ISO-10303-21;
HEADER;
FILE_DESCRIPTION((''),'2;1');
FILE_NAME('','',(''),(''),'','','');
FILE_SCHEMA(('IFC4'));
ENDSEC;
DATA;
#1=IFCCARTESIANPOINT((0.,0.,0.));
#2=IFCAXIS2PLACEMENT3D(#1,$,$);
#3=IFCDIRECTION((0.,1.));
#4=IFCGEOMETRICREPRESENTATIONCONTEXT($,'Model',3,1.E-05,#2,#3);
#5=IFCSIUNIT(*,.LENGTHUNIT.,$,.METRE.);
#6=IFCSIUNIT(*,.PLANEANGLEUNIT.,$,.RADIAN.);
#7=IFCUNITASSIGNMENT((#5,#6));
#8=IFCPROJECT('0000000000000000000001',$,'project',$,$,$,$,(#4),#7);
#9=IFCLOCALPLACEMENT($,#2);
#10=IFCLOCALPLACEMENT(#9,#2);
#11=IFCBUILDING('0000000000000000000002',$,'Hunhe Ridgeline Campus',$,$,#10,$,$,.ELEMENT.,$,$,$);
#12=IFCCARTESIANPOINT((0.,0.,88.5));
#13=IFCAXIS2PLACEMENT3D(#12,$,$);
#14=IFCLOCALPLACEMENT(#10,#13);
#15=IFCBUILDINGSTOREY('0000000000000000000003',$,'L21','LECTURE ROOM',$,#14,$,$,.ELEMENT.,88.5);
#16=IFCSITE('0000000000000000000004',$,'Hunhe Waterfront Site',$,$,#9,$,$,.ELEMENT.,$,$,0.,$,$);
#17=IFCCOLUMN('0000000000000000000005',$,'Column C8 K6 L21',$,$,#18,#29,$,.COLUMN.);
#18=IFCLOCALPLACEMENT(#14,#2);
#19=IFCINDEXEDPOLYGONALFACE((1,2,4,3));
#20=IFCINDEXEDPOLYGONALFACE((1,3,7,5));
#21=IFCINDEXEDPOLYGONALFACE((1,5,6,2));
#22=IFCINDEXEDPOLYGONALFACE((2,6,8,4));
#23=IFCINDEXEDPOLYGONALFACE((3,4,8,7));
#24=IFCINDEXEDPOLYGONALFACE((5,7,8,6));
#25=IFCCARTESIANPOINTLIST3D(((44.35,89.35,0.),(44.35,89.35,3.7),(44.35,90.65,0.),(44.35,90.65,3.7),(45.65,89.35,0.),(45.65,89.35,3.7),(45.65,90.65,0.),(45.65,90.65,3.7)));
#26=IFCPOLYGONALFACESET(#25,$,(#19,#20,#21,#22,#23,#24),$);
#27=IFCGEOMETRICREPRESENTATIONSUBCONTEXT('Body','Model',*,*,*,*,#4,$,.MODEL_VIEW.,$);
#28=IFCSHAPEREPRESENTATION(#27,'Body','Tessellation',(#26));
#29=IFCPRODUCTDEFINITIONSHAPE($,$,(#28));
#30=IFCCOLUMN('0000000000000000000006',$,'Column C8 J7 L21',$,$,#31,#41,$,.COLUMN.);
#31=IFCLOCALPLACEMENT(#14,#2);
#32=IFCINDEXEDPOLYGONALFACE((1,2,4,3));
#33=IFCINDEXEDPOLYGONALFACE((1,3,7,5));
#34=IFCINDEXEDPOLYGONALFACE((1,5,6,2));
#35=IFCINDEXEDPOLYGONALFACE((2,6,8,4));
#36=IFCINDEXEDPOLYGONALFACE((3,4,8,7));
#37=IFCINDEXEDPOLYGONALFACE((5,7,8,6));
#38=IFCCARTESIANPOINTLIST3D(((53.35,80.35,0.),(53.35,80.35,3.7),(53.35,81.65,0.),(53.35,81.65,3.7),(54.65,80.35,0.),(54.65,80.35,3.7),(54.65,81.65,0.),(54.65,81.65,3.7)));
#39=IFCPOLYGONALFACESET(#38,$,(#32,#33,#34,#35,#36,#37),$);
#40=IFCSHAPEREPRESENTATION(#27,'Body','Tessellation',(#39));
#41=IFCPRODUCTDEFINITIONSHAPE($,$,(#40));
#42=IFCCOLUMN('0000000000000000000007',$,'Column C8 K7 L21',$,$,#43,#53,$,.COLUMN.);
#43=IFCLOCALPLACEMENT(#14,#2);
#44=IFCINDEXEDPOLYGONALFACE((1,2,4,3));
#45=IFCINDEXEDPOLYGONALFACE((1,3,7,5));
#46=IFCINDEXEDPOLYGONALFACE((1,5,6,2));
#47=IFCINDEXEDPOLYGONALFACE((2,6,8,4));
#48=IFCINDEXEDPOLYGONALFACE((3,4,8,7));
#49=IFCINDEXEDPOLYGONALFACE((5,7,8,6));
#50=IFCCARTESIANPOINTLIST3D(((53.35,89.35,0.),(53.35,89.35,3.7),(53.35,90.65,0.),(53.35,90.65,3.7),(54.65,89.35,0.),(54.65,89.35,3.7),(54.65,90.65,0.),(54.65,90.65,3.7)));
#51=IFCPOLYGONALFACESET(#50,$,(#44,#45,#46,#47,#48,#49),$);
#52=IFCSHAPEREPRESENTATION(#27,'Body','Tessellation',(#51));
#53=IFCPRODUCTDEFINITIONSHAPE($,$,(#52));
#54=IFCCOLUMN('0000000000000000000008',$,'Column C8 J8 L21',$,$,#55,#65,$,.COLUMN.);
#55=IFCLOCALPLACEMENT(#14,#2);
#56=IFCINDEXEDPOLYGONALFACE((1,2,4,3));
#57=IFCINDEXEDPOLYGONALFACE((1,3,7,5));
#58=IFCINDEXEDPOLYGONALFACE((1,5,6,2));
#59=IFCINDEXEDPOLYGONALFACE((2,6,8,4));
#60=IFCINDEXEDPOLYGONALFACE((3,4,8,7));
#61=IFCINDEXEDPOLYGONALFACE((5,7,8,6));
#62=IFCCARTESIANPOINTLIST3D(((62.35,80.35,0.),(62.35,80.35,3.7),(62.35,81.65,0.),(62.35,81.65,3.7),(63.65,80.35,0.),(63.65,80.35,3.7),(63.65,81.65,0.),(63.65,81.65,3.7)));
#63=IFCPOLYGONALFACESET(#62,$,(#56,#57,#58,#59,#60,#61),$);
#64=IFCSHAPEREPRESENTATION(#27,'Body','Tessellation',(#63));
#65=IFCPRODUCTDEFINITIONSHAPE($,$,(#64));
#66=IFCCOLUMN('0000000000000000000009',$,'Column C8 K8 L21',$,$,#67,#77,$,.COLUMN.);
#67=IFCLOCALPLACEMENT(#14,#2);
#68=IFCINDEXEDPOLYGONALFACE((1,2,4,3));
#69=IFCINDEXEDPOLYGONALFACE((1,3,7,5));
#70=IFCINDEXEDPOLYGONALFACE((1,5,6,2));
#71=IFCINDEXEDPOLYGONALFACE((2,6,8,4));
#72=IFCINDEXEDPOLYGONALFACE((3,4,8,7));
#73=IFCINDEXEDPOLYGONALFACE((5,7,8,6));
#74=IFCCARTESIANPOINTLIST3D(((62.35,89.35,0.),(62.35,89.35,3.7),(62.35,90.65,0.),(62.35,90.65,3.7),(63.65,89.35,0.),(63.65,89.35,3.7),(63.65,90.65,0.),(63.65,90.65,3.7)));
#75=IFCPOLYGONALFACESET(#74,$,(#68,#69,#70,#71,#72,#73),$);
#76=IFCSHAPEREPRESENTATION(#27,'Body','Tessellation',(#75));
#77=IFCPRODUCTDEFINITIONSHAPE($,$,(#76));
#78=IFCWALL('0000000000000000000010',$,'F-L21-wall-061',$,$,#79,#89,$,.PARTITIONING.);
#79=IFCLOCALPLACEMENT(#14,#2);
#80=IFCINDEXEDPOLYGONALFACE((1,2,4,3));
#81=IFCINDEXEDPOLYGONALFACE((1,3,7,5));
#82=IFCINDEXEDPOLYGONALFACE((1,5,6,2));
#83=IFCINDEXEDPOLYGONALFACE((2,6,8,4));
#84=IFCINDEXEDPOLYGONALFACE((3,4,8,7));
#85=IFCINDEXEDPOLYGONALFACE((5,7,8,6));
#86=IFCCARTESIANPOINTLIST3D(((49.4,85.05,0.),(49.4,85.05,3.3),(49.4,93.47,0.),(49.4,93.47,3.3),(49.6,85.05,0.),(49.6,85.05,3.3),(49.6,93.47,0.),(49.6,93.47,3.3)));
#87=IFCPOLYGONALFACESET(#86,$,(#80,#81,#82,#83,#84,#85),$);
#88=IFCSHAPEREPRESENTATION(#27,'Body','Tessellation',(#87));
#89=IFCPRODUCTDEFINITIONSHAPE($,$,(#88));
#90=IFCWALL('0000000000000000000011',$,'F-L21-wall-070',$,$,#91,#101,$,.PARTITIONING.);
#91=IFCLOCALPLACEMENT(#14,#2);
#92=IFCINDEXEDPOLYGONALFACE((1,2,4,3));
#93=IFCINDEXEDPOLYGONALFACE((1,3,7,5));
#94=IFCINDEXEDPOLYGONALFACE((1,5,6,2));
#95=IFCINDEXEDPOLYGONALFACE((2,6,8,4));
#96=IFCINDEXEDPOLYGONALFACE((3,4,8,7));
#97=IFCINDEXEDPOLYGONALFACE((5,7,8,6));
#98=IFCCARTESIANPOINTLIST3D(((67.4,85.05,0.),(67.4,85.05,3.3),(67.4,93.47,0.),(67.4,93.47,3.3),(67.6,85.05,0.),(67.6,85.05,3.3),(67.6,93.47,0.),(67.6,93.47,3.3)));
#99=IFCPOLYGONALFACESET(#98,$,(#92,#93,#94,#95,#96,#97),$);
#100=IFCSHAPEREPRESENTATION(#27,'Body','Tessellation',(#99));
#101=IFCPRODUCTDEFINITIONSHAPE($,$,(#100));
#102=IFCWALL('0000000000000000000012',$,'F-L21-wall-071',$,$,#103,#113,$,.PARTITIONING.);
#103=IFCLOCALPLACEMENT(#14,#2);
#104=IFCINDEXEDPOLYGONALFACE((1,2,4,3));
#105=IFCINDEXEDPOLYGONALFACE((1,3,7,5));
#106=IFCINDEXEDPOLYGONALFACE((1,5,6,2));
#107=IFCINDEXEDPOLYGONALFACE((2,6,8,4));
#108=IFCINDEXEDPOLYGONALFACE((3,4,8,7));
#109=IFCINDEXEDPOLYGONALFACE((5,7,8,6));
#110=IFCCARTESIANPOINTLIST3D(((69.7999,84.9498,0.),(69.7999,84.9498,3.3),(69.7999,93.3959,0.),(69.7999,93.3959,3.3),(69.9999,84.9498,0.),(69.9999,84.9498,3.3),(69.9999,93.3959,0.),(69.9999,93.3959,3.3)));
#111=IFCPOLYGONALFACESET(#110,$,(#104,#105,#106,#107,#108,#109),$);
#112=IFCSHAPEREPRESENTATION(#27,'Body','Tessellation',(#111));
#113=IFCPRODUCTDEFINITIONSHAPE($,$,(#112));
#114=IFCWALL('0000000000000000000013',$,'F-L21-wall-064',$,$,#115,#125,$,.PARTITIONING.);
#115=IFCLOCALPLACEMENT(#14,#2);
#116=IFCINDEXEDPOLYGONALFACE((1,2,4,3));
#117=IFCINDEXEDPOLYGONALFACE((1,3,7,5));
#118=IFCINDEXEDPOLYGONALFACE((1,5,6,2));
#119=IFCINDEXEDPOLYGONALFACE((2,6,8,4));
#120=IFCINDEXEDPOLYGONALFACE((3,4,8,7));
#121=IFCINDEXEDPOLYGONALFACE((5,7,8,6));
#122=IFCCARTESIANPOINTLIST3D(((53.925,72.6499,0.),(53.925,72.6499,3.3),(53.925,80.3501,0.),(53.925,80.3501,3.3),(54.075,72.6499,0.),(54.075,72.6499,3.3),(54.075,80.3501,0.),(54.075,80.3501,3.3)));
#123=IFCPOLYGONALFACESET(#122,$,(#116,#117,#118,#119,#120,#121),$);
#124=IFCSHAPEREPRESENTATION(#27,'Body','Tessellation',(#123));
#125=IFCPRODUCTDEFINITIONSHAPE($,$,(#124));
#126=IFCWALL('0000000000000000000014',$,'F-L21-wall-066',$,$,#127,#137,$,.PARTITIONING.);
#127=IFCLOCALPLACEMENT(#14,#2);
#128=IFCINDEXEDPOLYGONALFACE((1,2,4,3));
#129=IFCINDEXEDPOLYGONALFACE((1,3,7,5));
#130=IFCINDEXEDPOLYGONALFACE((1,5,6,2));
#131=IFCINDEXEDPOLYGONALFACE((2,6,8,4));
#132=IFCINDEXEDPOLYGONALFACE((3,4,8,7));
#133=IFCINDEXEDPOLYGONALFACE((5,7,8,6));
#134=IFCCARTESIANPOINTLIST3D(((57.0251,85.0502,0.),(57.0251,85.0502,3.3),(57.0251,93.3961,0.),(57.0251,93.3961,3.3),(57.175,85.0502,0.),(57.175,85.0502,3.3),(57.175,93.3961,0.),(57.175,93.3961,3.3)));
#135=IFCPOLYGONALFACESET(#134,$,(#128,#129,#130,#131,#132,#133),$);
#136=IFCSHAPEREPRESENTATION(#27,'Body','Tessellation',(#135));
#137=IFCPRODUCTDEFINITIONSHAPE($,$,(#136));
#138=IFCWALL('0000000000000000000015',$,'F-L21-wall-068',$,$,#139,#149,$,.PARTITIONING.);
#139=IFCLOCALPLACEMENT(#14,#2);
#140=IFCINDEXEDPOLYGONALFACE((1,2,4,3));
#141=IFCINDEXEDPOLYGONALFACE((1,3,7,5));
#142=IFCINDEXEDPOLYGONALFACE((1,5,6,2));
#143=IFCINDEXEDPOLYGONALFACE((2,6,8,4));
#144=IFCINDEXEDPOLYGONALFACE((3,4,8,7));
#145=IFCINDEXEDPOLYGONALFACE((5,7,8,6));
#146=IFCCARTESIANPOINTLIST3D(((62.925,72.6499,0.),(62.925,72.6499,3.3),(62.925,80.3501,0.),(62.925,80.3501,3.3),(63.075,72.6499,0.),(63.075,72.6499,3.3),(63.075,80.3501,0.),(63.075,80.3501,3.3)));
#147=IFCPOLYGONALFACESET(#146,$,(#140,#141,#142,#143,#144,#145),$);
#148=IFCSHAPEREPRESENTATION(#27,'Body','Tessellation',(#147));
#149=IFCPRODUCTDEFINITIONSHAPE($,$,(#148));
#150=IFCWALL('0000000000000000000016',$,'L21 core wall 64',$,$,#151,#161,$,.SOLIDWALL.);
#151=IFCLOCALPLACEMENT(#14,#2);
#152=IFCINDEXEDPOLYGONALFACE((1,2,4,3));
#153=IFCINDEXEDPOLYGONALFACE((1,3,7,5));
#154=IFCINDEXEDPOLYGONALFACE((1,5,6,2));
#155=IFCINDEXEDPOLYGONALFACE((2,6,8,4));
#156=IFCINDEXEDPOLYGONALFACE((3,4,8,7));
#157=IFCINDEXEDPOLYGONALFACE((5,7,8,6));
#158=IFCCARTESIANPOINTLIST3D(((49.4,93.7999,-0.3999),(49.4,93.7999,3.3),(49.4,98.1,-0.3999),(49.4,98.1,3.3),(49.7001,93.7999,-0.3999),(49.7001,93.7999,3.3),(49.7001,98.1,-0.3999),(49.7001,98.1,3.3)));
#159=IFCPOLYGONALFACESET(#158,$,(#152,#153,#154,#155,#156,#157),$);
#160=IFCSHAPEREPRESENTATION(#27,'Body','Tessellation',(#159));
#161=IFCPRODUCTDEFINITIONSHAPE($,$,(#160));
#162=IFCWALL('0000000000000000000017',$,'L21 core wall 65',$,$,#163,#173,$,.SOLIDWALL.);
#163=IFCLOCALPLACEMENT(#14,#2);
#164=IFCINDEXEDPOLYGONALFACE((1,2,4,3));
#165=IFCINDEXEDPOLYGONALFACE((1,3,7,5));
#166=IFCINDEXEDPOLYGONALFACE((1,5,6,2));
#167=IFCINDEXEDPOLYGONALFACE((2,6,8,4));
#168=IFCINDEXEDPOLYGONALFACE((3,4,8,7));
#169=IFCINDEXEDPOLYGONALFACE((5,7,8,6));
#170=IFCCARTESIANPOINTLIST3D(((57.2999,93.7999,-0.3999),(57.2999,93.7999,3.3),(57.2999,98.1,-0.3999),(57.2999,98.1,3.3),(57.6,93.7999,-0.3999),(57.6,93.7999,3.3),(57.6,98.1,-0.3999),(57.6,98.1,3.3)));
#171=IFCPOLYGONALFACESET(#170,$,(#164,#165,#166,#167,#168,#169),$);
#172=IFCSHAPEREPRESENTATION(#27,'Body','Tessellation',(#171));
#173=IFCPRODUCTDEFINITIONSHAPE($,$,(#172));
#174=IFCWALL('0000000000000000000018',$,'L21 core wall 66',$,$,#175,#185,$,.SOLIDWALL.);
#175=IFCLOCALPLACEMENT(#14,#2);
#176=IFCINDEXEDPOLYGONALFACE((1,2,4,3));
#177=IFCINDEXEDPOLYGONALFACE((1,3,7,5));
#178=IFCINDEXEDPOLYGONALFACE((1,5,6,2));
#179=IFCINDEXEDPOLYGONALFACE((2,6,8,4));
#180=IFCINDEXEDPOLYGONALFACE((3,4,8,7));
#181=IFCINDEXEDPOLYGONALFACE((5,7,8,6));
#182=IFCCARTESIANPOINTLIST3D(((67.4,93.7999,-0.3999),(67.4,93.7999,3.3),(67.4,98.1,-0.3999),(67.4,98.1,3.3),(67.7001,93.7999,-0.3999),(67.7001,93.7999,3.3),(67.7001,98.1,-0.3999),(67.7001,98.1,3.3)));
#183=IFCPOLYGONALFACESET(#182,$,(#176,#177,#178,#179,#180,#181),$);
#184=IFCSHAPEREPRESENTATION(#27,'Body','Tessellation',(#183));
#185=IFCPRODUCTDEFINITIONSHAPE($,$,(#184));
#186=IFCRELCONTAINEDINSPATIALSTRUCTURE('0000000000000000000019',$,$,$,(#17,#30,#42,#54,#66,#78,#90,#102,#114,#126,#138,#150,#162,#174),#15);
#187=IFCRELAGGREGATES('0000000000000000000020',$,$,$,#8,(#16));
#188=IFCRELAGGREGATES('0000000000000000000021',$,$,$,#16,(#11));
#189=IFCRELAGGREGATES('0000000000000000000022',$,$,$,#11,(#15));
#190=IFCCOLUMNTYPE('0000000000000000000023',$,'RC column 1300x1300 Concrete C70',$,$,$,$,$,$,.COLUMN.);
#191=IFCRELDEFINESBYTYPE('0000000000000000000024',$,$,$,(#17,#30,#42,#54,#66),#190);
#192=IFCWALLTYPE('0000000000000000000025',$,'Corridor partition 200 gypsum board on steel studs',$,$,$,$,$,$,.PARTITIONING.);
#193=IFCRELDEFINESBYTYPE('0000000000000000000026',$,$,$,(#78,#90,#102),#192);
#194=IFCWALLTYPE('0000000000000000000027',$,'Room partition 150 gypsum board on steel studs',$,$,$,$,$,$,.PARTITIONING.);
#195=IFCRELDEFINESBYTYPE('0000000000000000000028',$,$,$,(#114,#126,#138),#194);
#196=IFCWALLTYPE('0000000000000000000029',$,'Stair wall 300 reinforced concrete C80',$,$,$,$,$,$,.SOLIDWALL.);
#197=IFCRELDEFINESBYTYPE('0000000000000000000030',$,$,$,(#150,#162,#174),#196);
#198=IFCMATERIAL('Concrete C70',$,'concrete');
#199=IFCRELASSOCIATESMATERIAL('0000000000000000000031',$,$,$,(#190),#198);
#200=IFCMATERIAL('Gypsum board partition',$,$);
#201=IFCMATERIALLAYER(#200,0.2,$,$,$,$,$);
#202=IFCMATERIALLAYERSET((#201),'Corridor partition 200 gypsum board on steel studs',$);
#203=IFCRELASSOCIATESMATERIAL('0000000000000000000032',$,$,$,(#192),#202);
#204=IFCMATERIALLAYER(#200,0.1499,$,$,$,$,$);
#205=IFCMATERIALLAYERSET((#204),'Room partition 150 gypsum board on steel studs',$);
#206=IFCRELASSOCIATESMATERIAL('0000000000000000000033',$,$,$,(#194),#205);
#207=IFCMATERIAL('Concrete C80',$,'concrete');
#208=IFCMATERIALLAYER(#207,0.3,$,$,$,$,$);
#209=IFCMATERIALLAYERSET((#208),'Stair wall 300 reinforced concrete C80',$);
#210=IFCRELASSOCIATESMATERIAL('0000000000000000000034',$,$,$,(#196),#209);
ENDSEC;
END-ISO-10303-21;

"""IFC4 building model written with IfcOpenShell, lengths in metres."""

from ifc_helpers import new_model, si_unit, direction, frame, frame_2d, origin, origin_2d, place, context, subcontext, project, spatial, rectangle, extrude, material, layer, layer_set, material_profile, profile_set, type_object, element, save


model = new_model("IFC4")

# Units and contexts
model_context = context("Model", 3, precision=1e-05, world=origin(), true_north=direction((0.0, 1.0)))
body_context = subcontext(model_context, "Body", "Model", "MODEL_VIEW")
ifc_project = project(units=[si_unit("LENGTHUNIT", "METRE"), si_unit("PLANEANGLEUNIT", "RADIAN")], contexts=[model_context])

# Site, building, storey
site_placement = place(None, origin())
site = spatial("IfcSite", under=ifc_project, at=site_placement, Name="Hunhe Waterfront Site", CompositionType="ELEMENT", RefElevation=0.0)
building_placement = place(site_placement, origin())
building = spatial("IfcBuilding", under=site, at=building_placement, Name="Hunhe Ridgeline Campus", CompositionType="ELEMENT")
storey_placement = place(building_placement, frame((0.0, 0.0, 88.5)))
storey = spatial("IfcBuildingStorey", under=building, at=storey_placement, Name="L21", Description="LECTURE ROOM", CompositionType="ELEMENT", Elevation=88.5)

# Columns
ifc_material_1 = material(Name="Concrete C70", Category="concrete")
ifc_material_profile = material_profile(ifc_material_1, rectangle(XDim=1.3, YDim=1.3, at=origin_2d()))
ifc_profile_set = profile_set([ifc_material_profile], Name="Concrete C70")
column_type = type_object("IfcColumnType", Name="RC column 1300x1300 Concrete C70", PredefinedType="COLUMN", material=ifc_profile_set)
for number, where, z_axis, x_axis, name in (
    (1, (45.0, 90.0, 0.0), (0.0, 0.0, 1.0), (1.0, 0.0, 0.0), "Column C8 K6 L21"),
    (2, (54.0, 81.0, 0.0), (0.0, 0.0, 1.0), (1.0, 0.0, 0.0), "Column C8 J7 L21"),
    (3, (54.0, 90.0, 0.0), (0.0, 0.0, 1.0), (1.0, 0.0, 0.0), "Column C8 K7 L21"),
    (4, (63.0, 81.0, 0.0), (0.0, 0.0, 1.0), (1.0, 0.0, 0.0), "Column C8 J8 L21"),
    (5, (63.0, 90.0, 0.0), (0.0, 0.0, 1.0), (1.0, 0.0, 0.0), "Column C8 K8 L21"),
):
    element("IfcColumn", number, at=place(storey_placement, frame(where, z_axis=z_axis, x_axis=x_axis)), inside=storey, type_object=column_type, Name=name, PredefinedType="COLUMN", context=body_context, shape_type="SweptSolid", body=[
        extrude(rectangle(XDim=1.3, YDim=1.3, at=origin_2d()), origin(), (0.0, 0.0, 1.0), 3.7),
    ])

# Shared definitions
ifc_material_2 = material(Name="Gypsum board partition")
ifc_layer_1 = layer(ifc_material_2, 0.2)
ifc_layer_set_1 = layer_set([ifc_layer_1], Name="Corridor partition 200 gypsum board on steel studs")
wall_type_1 = type_object("IfcWallType", Name="Corridor partition 200 gypsum board on steel studs", PredefinedType="PARTITIONING", material=ifc_layer_set_1)

# Wall
wall_1_placement = place(storey_placement, frame((49.5, 85.05, 0.0), z_axis=(0.0, 0.0, 1.0), x_axis=(0.0, 1.0, 0.0)))
element("IfcWall", 6, at=wall_1_placement, inside=storey, type_object=wall_type_1, Name="F-L21-wall-061", PredefinedType="PARTITIONING", context=body_context, shape_type="SweptSolid", body=[
    extrude(rectangle(XDim=8.4199, YDim=0.2, at=frame_2d((4.21, 0.0))), origin(), (0.0, 0.0, 1.0), 3.3),
])

# Walls
wall_2_placement = place(storey_placement, frame((67.5, 85.05, 0.0), z_axis=(0.0, 0.0, 1.0), x_axis=(0.0, 1.0, 0.0)))
element("IfcWall", 7, at=wall_2_placement, inside=storey, type_object=wall_type_1, Name="F-L21-wall-070", PredefinedType="PARTITIONING", context=body_context, shape_type="SweptSolid", body=[
    extrude(rectangle(XDim=8.4199, YDim=0.2, at=frame_2d((4.21, 0.0))), origin(), (0.0, 0.0, 1.0), 3.3),
])
wall_3_placement = place(storey_placement, frame((69.8999, 93.396, 0.0), z_axis=(0.0, 0.0, 1.0), x_axis=(0.0, -1.0, 0.0)))
element("IfcWall", 8, at=wall_3_placement, inside=storey, type_object=wall_type_1, Name="F-L21-wall-071", PredefinedType="PARTITIONING", context=body_context, shape_type="SweptSolid", body=[
    extrude(rectangle(XDim=8.446, YDim=0.2, at=frame_2d((4.2231, 0.0))), origin(), (0.0, 0.0, 1.0), 3.3),
])
ifc_layer_2 = layer(ifc_material_2, 0.1499)
ifc_layer_set_2 = layer_set([ifc_layer_2], Name="Room partition 150 gypsum board on steel studs")
wall_type_2 = type_object("IfcWallType", Name="Room partition 150 gypsum board on steel studs", PredefinedType="PARTITIONING", material=ifc_layer_set_2)
wall_4_placement = place(storey_placement, frame((54.0, 80.3501, 0.0), z_axis=(0.0, 0.0, 1.0), x_axis=(0.0, -1.0, 0.0)))
element("IfcWall", 9, at=wall_4_placement, inside=storey, type_object=wall_type_2, Name="F-L21-wall-064", PredefinedType="PARTITIONING", context=body_context, shape_type="SweptSolid", body=[
    extrude(rectangle(XDim=7.7002, YDim=0.1499, at=frame_2d((3.8501, 0.0))), origin(), (0.0, 0.0, 1.0), 3.3),
])
wall_5_placement = place(storey_placement, frame((57.1001, 93.396, 0.0), z_axis=(0.0, 0.0, 1.0), x_axis=(0.0, -1.0, 0.0)))
element("IfcWall", 10, at=wall_5_placement, inside=storey, type_object=wall_type_2, Name="F-L21-wall-066", PredefinedType="PARTITIONING", context=body_context, shape_type="SweptSolid", body=[
    extrude(rectangle(XDim=8.3459, YDim=0.1499, at=frame_2d((4.1729, 0.0))), origin(), (0.0, 0.0, 1.0), 3.3),
])
wall_6_placement = place(storey_placement, frame((63.0, 80.3501, 0.0), z_axis=(0.0, 0.0, 1.0), x_axis=(0.0, -1.0, 0.0)))
element("IfcWall", 11, at=wall_6_placement, inside=storey, type_object=wall_type_2, Name="F-L21-wall-068", PredefinedType="PARTITIONING", context=body_context, shape_type="SweptSolid", body=[
    extrude(rectangle(XDim=7.7002, YDim=0.1499, at=frame_2d((3.8501, 0.0))), origin(), (0.0, 0.0, 1.0), 3.3),
])

# Shared definitions
ifc_material_3 = material(Name="Concrete C80", Category="concrete")
ifc_layer_3 = layer(ifc_material_3, 0.3)
ifc_layer_set_3 = layer_set([ifc_layer_3], Name="Stair wall 300 reinforced concrete C80")
wall_type_3 = type_object("IfcWallType", Name="Stair wall 300 reinforced concrete C80", PredefinedType="SOLIDWALL", material=ifc_layer_set_3)

# Walls
for number, where, z_axis, x_axis, name in (
    (12, (49.55, 93.8, -0.3999), (0.0, 0.0, 1.0), (0.0, 1.0, 0.0), "L21 core wall 64"),
    (13, (57.45, 93.8, -0.3999), (0.0, 0.0, 1.0), (0.0, 1.0, 0.0), "L21 core wall 65"),
    (14, (67.55, 93.8, -0.3999), (0.0, 0.0, 1.0), (0.0, 1.0, 0.0), "L21 core wall 66"),
):
    element("IfcWall", number, at=place(storey_placement, frame(where, z_axis=z_axis, x_axis=x_axis)), inside=storey, type_object=wall_type_3, Name=name, PredefinedType="SOLIDWALL", context=body_context, shape_type="SweptSolid", body=[
        extrude(rectangle(XDim=4.3, YDim=0.3, at=frame_2d((2.1499, 0.0))), origin(), (0.0, 0.0, 1.0), 3.7),
    ])

save(model, "model.ifc")
